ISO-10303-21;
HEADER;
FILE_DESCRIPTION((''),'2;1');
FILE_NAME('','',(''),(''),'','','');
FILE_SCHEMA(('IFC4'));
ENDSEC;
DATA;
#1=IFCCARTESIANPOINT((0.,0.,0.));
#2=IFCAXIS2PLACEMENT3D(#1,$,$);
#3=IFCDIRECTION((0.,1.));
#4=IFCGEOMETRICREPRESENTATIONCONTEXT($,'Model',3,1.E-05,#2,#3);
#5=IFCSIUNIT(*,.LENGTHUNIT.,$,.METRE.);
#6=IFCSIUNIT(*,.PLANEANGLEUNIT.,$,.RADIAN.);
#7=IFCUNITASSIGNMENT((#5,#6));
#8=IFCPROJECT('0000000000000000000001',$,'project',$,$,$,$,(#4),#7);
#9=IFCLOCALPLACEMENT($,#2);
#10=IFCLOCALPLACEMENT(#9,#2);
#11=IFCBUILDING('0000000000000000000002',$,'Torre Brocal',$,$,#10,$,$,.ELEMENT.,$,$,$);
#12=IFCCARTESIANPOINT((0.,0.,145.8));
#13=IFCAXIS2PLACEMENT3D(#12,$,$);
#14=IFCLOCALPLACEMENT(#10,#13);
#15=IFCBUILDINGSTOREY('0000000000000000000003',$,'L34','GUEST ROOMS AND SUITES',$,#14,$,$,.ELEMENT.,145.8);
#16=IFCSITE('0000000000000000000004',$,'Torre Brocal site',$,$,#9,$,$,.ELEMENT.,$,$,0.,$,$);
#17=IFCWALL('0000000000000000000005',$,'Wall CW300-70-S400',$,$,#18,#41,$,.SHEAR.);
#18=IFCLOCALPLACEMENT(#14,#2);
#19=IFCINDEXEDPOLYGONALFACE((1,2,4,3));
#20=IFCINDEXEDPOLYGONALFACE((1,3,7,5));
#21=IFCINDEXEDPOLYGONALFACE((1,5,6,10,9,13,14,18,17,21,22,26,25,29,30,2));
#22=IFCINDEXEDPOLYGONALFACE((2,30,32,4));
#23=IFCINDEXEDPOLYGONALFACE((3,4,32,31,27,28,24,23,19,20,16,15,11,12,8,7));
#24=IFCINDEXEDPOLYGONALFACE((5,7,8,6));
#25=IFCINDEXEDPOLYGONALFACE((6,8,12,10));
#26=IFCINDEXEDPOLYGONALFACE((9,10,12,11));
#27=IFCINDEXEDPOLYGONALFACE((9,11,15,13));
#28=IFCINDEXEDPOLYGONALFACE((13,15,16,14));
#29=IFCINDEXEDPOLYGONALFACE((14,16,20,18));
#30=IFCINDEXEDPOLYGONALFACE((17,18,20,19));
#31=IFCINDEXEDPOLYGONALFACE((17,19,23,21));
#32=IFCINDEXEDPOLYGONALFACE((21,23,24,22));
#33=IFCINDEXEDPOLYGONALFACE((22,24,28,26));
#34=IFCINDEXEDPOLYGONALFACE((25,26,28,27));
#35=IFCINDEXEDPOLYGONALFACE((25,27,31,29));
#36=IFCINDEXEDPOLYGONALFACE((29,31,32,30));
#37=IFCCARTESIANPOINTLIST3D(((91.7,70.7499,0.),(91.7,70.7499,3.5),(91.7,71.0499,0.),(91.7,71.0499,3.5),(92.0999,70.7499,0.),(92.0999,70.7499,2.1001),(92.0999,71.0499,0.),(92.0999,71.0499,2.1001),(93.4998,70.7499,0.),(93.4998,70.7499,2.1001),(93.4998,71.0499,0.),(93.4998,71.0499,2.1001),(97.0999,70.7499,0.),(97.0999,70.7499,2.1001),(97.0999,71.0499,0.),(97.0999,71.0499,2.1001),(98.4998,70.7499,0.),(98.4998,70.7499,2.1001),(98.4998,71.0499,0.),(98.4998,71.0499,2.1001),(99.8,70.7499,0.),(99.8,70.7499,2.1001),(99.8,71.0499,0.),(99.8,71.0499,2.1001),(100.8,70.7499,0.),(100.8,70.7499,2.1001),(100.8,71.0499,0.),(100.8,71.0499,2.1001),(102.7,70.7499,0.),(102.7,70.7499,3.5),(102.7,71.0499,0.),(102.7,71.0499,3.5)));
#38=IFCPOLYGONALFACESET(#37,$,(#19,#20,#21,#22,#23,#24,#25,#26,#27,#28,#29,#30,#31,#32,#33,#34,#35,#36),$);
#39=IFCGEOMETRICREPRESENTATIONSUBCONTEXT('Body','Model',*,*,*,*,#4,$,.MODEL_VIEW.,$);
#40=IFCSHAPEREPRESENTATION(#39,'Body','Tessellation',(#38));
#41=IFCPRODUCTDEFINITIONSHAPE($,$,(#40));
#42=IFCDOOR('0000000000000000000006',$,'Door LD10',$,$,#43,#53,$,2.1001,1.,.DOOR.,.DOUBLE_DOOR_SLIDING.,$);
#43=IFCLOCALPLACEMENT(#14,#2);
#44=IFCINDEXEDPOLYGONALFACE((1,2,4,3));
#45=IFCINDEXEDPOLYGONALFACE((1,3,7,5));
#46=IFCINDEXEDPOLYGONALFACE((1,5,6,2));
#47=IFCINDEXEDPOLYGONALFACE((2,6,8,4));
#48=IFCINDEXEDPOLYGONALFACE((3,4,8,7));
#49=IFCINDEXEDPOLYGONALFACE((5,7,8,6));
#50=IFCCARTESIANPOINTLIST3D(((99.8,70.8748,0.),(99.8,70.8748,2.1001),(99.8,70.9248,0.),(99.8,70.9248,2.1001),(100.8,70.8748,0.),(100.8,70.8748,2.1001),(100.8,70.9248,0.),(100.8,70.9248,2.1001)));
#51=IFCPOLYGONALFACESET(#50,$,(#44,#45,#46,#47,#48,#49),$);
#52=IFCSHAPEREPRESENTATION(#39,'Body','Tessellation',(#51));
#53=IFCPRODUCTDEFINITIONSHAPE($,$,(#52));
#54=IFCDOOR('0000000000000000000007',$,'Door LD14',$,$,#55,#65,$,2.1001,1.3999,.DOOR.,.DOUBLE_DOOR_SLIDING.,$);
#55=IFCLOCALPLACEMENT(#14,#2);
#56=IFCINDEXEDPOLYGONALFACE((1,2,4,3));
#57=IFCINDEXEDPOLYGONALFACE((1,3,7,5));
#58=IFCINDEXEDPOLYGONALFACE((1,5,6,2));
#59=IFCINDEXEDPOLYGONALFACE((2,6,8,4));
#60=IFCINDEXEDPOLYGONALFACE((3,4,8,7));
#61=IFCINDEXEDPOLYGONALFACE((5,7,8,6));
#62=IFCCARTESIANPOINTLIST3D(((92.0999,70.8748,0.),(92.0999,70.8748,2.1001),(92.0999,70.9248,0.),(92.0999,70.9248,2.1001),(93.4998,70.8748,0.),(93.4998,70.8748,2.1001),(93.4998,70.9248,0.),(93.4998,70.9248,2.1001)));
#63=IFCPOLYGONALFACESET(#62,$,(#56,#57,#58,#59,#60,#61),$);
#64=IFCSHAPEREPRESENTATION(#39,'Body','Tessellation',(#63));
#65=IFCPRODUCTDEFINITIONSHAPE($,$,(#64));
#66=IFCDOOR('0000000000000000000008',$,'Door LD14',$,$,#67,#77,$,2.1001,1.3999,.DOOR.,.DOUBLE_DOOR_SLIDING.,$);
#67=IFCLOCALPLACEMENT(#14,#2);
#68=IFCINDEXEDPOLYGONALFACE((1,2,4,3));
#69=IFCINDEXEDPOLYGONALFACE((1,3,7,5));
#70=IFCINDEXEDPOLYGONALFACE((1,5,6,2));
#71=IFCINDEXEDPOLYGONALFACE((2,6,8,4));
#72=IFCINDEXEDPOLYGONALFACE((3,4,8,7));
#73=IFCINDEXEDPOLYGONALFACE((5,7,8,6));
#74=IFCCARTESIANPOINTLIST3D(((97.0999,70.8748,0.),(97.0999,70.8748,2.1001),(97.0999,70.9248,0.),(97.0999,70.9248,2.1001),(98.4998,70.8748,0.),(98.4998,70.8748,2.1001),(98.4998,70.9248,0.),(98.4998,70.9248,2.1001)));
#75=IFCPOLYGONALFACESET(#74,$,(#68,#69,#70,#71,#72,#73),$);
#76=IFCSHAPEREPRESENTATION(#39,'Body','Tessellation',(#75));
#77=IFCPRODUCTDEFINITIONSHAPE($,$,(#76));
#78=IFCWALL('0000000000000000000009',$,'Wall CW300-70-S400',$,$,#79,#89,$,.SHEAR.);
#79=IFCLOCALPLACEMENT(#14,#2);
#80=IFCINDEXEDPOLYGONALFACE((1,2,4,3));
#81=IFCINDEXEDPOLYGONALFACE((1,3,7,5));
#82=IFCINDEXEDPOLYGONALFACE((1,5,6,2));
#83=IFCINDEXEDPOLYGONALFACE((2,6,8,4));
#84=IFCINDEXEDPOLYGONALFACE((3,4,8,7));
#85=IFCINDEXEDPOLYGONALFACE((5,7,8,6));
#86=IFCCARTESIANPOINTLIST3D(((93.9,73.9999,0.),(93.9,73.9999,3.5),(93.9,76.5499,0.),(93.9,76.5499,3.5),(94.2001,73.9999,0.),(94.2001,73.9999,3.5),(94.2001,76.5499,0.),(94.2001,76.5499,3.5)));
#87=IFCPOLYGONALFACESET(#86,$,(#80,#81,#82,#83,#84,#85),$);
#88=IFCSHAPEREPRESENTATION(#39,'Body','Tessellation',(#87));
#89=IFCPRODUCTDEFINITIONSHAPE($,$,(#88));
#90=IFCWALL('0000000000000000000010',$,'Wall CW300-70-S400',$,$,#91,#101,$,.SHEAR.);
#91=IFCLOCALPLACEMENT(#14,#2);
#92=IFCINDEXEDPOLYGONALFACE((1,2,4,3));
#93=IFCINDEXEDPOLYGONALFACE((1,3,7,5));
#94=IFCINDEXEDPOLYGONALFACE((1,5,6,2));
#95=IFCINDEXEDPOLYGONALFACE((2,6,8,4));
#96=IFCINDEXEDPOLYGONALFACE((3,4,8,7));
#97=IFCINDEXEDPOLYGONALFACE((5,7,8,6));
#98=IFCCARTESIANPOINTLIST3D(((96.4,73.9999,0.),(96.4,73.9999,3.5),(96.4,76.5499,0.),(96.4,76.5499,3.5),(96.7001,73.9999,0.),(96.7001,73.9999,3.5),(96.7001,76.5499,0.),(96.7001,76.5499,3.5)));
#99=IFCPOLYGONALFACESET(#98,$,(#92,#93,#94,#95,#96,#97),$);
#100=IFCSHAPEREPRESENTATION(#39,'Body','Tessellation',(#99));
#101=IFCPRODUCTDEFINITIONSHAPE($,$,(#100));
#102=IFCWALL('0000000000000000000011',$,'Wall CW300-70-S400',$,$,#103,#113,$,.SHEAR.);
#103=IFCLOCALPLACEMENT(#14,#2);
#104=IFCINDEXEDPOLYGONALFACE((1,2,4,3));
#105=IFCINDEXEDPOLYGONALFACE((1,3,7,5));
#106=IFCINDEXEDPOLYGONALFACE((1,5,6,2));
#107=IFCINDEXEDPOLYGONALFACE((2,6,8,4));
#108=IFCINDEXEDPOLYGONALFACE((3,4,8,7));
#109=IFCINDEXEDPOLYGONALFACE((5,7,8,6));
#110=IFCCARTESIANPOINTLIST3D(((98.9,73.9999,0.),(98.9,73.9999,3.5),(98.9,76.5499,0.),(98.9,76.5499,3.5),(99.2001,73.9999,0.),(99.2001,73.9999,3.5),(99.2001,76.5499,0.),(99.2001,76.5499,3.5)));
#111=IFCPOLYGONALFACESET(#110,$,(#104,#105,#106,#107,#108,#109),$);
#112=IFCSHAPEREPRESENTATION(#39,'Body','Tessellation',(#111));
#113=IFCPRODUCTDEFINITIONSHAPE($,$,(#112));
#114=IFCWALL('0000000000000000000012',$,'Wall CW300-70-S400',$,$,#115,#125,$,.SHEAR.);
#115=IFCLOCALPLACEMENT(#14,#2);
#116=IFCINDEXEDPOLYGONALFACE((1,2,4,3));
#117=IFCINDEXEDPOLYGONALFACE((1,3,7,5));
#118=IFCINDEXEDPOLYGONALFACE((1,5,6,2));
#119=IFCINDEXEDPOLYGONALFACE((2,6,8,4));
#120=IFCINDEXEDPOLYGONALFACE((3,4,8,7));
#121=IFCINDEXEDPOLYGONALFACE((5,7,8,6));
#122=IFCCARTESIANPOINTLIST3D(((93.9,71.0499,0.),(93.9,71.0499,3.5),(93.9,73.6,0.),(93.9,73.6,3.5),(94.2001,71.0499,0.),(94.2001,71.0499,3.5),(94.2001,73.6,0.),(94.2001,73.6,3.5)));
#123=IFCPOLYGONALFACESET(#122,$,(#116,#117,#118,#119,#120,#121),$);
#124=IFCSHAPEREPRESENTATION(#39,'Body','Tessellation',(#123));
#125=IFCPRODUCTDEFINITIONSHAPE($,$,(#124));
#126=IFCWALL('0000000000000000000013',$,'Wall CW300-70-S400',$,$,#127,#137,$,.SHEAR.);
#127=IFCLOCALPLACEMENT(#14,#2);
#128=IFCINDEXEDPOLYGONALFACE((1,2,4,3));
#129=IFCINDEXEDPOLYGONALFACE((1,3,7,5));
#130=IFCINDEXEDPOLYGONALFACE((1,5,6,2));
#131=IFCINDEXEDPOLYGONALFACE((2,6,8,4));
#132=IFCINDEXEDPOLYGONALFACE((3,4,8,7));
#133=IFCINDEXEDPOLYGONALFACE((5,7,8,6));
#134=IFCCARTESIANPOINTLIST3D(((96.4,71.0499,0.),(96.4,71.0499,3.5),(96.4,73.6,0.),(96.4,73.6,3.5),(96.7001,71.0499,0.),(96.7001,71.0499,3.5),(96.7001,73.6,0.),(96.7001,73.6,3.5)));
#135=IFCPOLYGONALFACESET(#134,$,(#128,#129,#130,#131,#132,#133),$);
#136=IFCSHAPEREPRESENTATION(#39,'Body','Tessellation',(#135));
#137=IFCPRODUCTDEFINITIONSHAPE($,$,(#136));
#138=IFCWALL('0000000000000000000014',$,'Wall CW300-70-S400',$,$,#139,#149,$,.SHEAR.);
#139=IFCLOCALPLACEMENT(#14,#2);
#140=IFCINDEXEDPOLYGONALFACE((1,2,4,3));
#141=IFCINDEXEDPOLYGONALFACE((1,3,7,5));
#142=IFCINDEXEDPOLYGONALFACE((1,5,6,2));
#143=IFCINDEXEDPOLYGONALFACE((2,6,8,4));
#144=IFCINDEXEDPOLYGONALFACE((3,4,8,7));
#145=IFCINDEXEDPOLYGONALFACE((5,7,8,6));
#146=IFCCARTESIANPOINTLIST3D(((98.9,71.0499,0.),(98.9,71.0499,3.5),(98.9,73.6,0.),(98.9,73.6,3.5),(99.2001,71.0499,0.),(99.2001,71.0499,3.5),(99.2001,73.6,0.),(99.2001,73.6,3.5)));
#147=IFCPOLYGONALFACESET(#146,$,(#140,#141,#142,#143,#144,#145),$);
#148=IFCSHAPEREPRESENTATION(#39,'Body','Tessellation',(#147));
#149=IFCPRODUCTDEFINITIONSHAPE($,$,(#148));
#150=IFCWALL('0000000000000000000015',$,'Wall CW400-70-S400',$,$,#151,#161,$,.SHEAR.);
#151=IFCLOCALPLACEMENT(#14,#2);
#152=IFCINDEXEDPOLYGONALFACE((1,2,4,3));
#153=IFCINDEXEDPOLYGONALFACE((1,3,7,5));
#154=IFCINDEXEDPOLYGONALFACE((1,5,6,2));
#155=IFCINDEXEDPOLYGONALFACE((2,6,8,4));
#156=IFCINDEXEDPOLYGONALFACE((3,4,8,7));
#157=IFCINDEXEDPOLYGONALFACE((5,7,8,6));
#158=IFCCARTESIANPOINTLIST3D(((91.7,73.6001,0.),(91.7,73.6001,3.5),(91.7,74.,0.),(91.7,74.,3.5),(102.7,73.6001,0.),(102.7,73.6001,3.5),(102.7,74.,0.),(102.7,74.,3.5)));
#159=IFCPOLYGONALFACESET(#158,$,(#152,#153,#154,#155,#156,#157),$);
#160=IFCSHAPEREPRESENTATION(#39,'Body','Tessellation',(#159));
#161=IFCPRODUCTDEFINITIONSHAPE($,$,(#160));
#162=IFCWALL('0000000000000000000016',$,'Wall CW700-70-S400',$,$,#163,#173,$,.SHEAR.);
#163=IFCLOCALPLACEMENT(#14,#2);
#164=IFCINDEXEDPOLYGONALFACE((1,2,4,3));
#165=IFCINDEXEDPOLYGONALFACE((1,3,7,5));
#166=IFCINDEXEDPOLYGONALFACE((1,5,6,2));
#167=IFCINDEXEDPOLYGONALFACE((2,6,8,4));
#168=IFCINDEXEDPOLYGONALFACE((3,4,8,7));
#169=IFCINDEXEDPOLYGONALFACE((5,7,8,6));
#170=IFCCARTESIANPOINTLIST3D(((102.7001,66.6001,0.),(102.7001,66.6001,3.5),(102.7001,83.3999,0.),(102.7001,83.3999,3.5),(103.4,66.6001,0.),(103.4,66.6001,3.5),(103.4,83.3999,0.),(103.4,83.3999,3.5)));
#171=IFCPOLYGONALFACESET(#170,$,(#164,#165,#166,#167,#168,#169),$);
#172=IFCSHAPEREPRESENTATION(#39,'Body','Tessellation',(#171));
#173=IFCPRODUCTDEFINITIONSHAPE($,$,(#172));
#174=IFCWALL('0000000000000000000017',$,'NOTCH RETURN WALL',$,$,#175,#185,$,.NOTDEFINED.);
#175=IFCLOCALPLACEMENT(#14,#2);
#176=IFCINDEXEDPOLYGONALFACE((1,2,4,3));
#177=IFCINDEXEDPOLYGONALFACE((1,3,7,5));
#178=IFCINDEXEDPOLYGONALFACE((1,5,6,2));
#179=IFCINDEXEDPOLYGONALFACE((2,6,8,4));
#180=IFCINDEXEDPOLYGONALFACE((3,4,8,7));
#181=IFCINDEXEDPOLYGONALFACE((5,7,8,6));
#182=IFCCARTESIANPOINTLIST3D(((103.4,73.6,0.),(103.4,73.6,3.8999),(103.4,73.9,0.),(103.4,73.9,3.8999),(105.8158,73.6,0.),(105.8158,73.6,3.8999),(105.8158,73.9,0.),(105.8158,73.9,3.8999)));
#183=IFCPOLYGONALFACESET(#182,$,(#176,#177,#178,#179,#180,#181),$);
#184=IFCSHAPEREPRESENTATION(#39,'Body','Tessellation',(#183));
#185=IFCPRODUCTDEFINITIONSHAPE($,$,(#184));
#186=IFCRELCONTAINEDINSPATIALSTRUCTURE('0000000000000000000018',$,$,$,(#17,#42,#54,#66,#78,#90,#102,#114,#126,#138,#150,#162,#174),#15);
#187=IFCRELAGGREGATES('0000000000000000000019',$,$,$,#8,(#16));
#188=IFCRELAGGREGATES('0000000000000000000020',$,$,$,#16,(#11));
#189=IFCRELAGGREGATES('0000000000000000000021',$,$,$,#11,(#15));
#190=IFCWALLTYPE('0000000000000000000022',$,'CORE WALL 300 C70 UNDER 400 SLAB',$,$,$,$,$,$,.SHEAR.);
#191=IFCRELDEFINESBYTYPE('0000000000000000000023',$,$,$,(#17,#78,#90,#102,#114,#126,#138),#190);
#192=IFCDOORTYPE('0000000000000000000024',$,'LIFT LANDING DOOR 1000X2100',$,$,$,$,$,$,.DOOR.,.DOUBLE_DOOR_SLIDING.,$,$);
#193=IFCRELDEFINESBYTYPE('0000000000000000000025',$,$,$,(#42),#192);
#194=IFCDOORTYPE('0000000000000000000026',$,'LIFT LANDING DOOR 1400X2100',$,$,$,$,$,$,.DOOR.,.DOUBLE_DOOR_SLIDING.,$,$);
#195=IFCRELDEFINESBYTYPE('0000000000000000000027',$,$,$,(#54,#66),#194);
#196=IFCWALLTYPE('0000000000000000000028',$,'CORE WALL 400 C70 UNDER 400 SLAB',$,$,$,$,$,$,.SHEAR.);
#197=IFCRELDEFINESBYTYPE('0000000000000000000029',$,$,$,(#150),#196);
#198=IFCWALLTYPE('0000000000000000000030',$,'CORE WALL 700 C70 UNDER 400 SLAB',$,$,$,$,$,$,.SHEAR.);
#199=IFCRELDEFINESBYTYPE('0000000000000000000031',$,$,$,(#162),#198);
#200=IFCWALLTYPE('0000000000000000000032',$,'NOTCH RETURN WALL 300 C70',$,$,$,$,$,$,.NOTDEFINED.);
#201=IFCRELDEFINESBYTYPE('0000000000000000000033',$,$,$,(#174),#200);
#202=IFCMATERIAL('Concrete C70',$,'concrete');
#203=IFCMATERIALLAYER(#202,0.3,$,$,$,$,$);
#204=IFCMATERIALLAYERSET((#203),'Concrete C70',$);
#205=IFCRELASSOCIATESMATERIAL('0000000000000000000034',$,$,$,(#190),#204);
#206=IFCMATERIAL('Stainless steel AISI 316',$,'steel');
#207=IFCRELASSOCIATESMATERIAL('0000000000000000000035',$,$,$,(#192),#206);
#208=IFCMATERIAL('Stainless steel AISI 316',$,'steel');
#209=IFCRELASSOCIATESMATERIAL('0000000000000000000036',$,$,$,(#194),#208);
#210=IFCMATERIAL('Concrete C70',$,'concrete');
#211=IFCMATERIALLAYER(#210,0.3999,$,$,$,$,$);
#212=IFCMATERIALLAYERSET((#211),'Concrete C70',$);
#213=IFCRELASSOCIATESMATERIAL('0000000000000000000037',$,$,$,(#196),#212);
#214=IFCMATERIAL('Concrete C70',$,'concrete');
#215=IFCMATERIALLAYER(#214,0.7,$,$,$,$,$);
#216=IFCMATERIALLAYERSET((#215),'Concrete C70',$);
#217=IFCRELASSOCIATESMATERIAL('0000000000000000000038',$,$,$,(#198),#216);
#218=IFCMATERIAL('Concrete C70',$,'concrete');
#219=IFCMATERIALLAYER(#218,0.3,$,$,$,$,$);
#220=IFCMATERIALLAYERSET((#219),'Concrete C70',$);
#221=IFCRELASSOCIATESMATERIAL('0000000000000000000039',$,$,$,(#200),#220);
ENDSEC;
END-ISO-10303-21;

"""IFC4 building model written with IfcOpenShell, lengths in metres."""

from ifc_helpers import new_model, si_unit, direction, frame, frame_2d, origin, place, context, subcontext, project, spatial, rectangle, extrude, material, layer, layer_set, type_object, element, fill, save


model = new_model("IFC4")

# Units and contexts
model_context = context("Model", 3, precision=1e-05, world=origin(), true_north=direction((0.0, 1.0)))
body_context = subcontext(model_context, "Body", "Model", "MODEL_VIEW")
ifc_project = project(units=[si_unit("LENGTHUNIT", "METRE"), si_unit("PLANEANGLEUNIT", "RADIAN")], contexts=[model_context])

# Site, building, storey
site_placement = place(None, origin())
site = spatial("IfcSite", under=ifc_project, at=site_placement, Name="Torre Brocal site", CompositionType="ELEMENT", RefElevation=0.0)
building_placement = place(site_placement, origin())
building = spatial("IfcBuilding", under=site, at=building_placement, Name="Torre Brocal", CompositionType="ELEMENT")
storey_placement = place(building_placement, frame((0.0, 0.0, 145.8)))
storey = spatial("IfcBuildingStorey", under=building, at=storey_placement, Name="L34", Description="GUEST ROOMS AND SUITES", CompositionType="ELEMENT", Elevation=145.8)

# Shared definitions
ifc_material_1 = material(Name="Concrete C70", Category="concrete")
ifc_layer_1 = layer(ifc_material_1, 0.3)
ifc_layer_set_1 = layer_set([ifc_layer_1], Name="Concrete C70")
wall_type_1 = type_object("IfcWallType", Name="CORE WALL 300 C70 UNDER 400 SLAB", PredefinedType="SHEAR", material=ifc_layer_set_1)

# Wall, openings, doors
wall_1_placement = place(storey_placement, frame((91.7, 70.8999, 0.0), z_axis=(0.0, 0.0, 1.0), x_axis=(1.0, 0.0, 0.0)))
wall_1 = element("IfcWall", 1, at=wall_1_placement, inside=storey, type_object=wall_type_1, Name="Wall CW300-70-S400", PredefinedType="SHEAR", context=body_context, shape_type="SweptSolid", body=[
    extrude(rectangle(XDim=11.0, YDim=0.3, at=frame_2d((5.5, 0.0))), origin(), (0.0, 0.0, 1.0), 3.5),
])
opening_1_placement = place(wall_1_placement, frame((0.3999, 0.0, 0.0)))
opening_1 = element("IfcOpeningElement", 2, at=opening_1_placement, cuts=wall_1, PredefinedType="OPENING", context=body_context, shape_type="SweptSolid", body=[
    extrude(rectangle(XDim=1.3999, YDim=2.1001, at=frame_2d((0.7, 1.05))), frame((0.0, 0.1599, 0.0), z_axis=(0.0, -1.0, 0.0), x_axis=(1.0, 0.0, 0.0)), (0.0, 0.0, 1.0), 0.3201),
])
opening_2_placement = place(wall_1_placement, frame((5.3999, 0.0, 0.0)))
opening_2 = element("IfcOpeningElement", 3, at=opening_2_placement, cuts=wall_1, PredefinedType="OPENING", context=body_context, shape_type="SweptSolid", body=[
    extrude(rectangle(XDim=1.3999, YDim=2.1001, at=frame_2d((0.7, 1.05))), frame((0.0, 0.1599, 0.0), z_axis=(0.0, -1.0, 0.0), x_axis=(1.0, 0.0, 0.0)), (0.0, 0.0, 1.0), 0.3201),
])
opening_3_placement = place(wall_1_placement, frame((8.1001, 0.0, 0.0)))
opening_3 = element("IfcOpeningElement", 4, at=opening_3_placement, cuts=wall_1, PredefinedType="OPENING", context=body_context, shape_type="SweptSolid", body=[
    extrude(rectangle(XDim=1.0, YDim=2.1001, at=frame_2d((0.5, 1.05))), frame((0.0, 0.1599, 0.0), z_axis=(0.0, -1.0, 0.0), x_axis=(1.0, 0.0, 0.0)), (0.0, 0.0, 1.0), 0.3201),
])
ifc_material_2 = material(Name="Stainless steel AISI 316", Category="steel")
door_type_1 = type_object("IfcDoorType", Name="LIFT LANDING DOOR 1000X2100", OperationType="DOUBLE_DOOR_SLIDING", PredefinedType="DOOR", material=ifc_material_2)
door_1_placement = place(opening_3_placement, origin())
door_1 = element("IfcDoor", 5, at=door_1_placement, inside=storey, type_object=door_type_1, Name="Door LD10", OperationType="DOUBLE_DOOR_SLIDING", OverallHeight=2.1001, OverallWidth=1.0, PredefinedType="DOOR", context=body_context, shape_type="SweptSolid", body=[
    extrude(rectangle(XDim=1.0, YDim=2.1001, at=frame_2d((0.5, 1.05))), frame((0.0, 0.0249, 0.0), z_axis=(0.0, -1.0, 0.0), x_axis=(1.0, 0.0, 0.0)), (0.0, 0.0, 1.0), 0.05),
])
fill(opening_3, door_1)
ifc_material_3 = material(Name="Stainless steel AISI 316", Category="steel")
door_type_2 = type_object("IfcDoorType", Name="LIFT LANDING DOOR 1400X2100", OperationType="DOUBLE_DOOR_SLIDING", PredefinedType="DOOR", material=ifc_material_3)
door_2_placement = place(opening_1_placement, origin())
door_2 = element("IfcDoor", 6, at=door_2_placement, inside=storey, type_object=door_type_2, Name="Door LD14", OperationType="DOUBLE_DOOR_SLIDING", OverallHeight=2.1001, OverallWidth=1.3999, PredefinedType="DOOR", context=body_context, shape_type="SweptSolid", body=[
    extrude(rectangle(XDim=1.3999, YDim=2.1001, at=frame_2d((0.7, 1.05))), frame((0.0, 0.0249, 0.0), z_axis=(0.0, -1.0, 0.0), x_axis=(1.0, 0.0, 0.0)), (0.0, 0.0, 1.0), 0.05),
])
fill(opening_1, door_2)
door_3_placement = place(opening_2_placement, origin())
door_3 = element("IfcDoor", 7, at=door_3_placement, inside=storey, type_object=door_type_2, Name="Door LD14", OperationType="DOUBLE_DOOR_SLIDING", OverallHeight=2.1001, OverallWidth=1.3999, PredefinedType="DOOR", context=body_context, shape_type="SweptSolid", body=[
    extrude(rectangle(XDim=1.3999, YDim=2.1001, at=frame_2d((0.7, 1.05))), frame((0.0, 0.0249, 0.0), z_axis=(0.0, -1.0, 0.0), x_axis=(1.0, 0.0, 0.0)), (0.0, 0.0, 1.0), 0.05),
])
fill(opening_2, door_3)

# Walls
for number, where, z_axis, x_axis, name in (
    (8, (94.05, 74.0, 0.0), (0.0, 0.0, 1.0), (0.0, 1.0, 0.0), "Wall CW300-70-S400"),
    (9, (96.55, 74.0, 0.0), (0.0, 0.0, 1.0), (0.0, 1.0, 0.0), "Wall CW300-70-S400"),
    (10, (99.05, 74.0, 0.0), (0.0, 0.0, 1.0), (0.0, 1.0, 0.0), "Wall CW300-70-S400"),
    (11, (94.05, 71.05, 0.0), (0.0, 0.0, 1.0), (0.0, 1.0, 0.0), "Wall CW300-70-S400"),
    (12, (96.55, 71.05, 0.0), (0.0, 0.0, 1.0), (0.0, 1.0, 0.0), "Wall CW300-70-S400"),
    (13, (99.05, 71.05, 0.0), (0.0, 0.0, 1.0), (0.0, 1.0, 0.0), "Wall CW300-70-S400"),
):
    element("IfcWall", number, at=place(storey_placement, frame(where, z_axis=z_axis, x_axis=x_axis)), inside=storey, type_object=wall_type_1, Name=name, PredefinedType="SHEAR", context=body_context, shape_type="SweptSolid", body=[
        extrude(rectangle(XDim=2.55, YDim=0.3, at=frame_2d((1.2749, 0.0))), origin(), (0.0, 0.0, 1.0), 3.5),
    ])
ifc_material_4 = material(Name="Concrete C70", Category="concrete")
ifc_layer_2 = layer(ifc_material_4, 0.3999)
ifc_layer_set_2 = layer_set([ifc_layer_2], Name="Concrete C70")
wall_type_2 = type_object("IfcWallType", Name="CORE WALL 400 C70 UNDER 400 SLAB", PredefinedType="SHEAR", material=ifc_layer_set_2)
wall_2_placement = place(storey_placement, frame((91.7, 73.8, 0.0), z_axis=(0.0, 0.0, 1.0), x_axis=(1.0, 0.0, 0.0)))
element("IfcWall", 14, at=wall_2_placement, inside=storey, type_object=wall_type_2, Name="Wall CW400-70-S400", PredefinedType="SHEAR", context=body_context, shape_type="SweptSolid", body=[
    extrude(rectangle(XDim=11.0, YDim=0.3999, at=frame_2d((5.5, 0.0))), origin(), (0.0, 0.0, 1.0), 3.5),
])
ifc_material_5 = material(Name="Concrete C70", Category="concrete")
ifc_layer_3 = layer(ifc_material_5, 0.7)
ifc_layer_set_3 = layer_set([ifc_layer_3], Name="Concrete C70")
wall_type_3 = type_object("IfcWallType", Name="CORE WALL 700 C70 UNDER 400 SLAB", PredefinedType="SHEAR", material=ifc_layer_set_3)
wall_3_placement = place(storey_placement, frame((103.05, 66.6001, 0.0), z_axis=(0.0, 0.0, 1.0), x_axis=(0.0, 1.0, 0.0)))
element("IfcWall", 15, at=wall_3_placement, inside=storey, type_object=wall_type_3, Name="Wall CW700-70-S400", PredefinedType="SHEAR", context=body_context, shape_type="SweptSolid", body=[
    extrude(rectangle(XDim=16.7998, YDim=0.7, at=frame_2d((8.3999, 0.0))), origin(), (0.0, 0.0, 1.0), 3.5),
])
ifc_material_6 = material(Name="Concrete C70", Category="concrete")
ifc_layer_4 = layer(ifc_material_6, 0.3)
ifc_layer_set_4 = layer_set([ifc_layer_4], Name="Concrete C70")
wall_type_4 = type_object("IfcWallType", Name="NOTCH RETURN WALL 300 C70", PredefinedType="NOTDEFINED", material=ifc_layer_set_4)
wall_4_placement = place(storey_placement, frame((103.3999, 73.75, 0.0), z_axis=(0.0, 0.0, 1.0), x_axis=(1.0, 0.0, 0.0)))
element("IfcWall", 16, at=wall_4_placement, inside=storey, type_object=wall_type_4, Name="NOTCH RETURN WALL", PredefinedType="NOTDEFINED", context=body_context, shape_type="SweptSolid", body=[
    extrude(rectangle(XDim=2.4158, YDim=0.3, at=frame_2d((1.208, 0.0))), origin(), (0.0, 0.0, 1.0), 3.8999),
])

save(model, "model.ifc")
